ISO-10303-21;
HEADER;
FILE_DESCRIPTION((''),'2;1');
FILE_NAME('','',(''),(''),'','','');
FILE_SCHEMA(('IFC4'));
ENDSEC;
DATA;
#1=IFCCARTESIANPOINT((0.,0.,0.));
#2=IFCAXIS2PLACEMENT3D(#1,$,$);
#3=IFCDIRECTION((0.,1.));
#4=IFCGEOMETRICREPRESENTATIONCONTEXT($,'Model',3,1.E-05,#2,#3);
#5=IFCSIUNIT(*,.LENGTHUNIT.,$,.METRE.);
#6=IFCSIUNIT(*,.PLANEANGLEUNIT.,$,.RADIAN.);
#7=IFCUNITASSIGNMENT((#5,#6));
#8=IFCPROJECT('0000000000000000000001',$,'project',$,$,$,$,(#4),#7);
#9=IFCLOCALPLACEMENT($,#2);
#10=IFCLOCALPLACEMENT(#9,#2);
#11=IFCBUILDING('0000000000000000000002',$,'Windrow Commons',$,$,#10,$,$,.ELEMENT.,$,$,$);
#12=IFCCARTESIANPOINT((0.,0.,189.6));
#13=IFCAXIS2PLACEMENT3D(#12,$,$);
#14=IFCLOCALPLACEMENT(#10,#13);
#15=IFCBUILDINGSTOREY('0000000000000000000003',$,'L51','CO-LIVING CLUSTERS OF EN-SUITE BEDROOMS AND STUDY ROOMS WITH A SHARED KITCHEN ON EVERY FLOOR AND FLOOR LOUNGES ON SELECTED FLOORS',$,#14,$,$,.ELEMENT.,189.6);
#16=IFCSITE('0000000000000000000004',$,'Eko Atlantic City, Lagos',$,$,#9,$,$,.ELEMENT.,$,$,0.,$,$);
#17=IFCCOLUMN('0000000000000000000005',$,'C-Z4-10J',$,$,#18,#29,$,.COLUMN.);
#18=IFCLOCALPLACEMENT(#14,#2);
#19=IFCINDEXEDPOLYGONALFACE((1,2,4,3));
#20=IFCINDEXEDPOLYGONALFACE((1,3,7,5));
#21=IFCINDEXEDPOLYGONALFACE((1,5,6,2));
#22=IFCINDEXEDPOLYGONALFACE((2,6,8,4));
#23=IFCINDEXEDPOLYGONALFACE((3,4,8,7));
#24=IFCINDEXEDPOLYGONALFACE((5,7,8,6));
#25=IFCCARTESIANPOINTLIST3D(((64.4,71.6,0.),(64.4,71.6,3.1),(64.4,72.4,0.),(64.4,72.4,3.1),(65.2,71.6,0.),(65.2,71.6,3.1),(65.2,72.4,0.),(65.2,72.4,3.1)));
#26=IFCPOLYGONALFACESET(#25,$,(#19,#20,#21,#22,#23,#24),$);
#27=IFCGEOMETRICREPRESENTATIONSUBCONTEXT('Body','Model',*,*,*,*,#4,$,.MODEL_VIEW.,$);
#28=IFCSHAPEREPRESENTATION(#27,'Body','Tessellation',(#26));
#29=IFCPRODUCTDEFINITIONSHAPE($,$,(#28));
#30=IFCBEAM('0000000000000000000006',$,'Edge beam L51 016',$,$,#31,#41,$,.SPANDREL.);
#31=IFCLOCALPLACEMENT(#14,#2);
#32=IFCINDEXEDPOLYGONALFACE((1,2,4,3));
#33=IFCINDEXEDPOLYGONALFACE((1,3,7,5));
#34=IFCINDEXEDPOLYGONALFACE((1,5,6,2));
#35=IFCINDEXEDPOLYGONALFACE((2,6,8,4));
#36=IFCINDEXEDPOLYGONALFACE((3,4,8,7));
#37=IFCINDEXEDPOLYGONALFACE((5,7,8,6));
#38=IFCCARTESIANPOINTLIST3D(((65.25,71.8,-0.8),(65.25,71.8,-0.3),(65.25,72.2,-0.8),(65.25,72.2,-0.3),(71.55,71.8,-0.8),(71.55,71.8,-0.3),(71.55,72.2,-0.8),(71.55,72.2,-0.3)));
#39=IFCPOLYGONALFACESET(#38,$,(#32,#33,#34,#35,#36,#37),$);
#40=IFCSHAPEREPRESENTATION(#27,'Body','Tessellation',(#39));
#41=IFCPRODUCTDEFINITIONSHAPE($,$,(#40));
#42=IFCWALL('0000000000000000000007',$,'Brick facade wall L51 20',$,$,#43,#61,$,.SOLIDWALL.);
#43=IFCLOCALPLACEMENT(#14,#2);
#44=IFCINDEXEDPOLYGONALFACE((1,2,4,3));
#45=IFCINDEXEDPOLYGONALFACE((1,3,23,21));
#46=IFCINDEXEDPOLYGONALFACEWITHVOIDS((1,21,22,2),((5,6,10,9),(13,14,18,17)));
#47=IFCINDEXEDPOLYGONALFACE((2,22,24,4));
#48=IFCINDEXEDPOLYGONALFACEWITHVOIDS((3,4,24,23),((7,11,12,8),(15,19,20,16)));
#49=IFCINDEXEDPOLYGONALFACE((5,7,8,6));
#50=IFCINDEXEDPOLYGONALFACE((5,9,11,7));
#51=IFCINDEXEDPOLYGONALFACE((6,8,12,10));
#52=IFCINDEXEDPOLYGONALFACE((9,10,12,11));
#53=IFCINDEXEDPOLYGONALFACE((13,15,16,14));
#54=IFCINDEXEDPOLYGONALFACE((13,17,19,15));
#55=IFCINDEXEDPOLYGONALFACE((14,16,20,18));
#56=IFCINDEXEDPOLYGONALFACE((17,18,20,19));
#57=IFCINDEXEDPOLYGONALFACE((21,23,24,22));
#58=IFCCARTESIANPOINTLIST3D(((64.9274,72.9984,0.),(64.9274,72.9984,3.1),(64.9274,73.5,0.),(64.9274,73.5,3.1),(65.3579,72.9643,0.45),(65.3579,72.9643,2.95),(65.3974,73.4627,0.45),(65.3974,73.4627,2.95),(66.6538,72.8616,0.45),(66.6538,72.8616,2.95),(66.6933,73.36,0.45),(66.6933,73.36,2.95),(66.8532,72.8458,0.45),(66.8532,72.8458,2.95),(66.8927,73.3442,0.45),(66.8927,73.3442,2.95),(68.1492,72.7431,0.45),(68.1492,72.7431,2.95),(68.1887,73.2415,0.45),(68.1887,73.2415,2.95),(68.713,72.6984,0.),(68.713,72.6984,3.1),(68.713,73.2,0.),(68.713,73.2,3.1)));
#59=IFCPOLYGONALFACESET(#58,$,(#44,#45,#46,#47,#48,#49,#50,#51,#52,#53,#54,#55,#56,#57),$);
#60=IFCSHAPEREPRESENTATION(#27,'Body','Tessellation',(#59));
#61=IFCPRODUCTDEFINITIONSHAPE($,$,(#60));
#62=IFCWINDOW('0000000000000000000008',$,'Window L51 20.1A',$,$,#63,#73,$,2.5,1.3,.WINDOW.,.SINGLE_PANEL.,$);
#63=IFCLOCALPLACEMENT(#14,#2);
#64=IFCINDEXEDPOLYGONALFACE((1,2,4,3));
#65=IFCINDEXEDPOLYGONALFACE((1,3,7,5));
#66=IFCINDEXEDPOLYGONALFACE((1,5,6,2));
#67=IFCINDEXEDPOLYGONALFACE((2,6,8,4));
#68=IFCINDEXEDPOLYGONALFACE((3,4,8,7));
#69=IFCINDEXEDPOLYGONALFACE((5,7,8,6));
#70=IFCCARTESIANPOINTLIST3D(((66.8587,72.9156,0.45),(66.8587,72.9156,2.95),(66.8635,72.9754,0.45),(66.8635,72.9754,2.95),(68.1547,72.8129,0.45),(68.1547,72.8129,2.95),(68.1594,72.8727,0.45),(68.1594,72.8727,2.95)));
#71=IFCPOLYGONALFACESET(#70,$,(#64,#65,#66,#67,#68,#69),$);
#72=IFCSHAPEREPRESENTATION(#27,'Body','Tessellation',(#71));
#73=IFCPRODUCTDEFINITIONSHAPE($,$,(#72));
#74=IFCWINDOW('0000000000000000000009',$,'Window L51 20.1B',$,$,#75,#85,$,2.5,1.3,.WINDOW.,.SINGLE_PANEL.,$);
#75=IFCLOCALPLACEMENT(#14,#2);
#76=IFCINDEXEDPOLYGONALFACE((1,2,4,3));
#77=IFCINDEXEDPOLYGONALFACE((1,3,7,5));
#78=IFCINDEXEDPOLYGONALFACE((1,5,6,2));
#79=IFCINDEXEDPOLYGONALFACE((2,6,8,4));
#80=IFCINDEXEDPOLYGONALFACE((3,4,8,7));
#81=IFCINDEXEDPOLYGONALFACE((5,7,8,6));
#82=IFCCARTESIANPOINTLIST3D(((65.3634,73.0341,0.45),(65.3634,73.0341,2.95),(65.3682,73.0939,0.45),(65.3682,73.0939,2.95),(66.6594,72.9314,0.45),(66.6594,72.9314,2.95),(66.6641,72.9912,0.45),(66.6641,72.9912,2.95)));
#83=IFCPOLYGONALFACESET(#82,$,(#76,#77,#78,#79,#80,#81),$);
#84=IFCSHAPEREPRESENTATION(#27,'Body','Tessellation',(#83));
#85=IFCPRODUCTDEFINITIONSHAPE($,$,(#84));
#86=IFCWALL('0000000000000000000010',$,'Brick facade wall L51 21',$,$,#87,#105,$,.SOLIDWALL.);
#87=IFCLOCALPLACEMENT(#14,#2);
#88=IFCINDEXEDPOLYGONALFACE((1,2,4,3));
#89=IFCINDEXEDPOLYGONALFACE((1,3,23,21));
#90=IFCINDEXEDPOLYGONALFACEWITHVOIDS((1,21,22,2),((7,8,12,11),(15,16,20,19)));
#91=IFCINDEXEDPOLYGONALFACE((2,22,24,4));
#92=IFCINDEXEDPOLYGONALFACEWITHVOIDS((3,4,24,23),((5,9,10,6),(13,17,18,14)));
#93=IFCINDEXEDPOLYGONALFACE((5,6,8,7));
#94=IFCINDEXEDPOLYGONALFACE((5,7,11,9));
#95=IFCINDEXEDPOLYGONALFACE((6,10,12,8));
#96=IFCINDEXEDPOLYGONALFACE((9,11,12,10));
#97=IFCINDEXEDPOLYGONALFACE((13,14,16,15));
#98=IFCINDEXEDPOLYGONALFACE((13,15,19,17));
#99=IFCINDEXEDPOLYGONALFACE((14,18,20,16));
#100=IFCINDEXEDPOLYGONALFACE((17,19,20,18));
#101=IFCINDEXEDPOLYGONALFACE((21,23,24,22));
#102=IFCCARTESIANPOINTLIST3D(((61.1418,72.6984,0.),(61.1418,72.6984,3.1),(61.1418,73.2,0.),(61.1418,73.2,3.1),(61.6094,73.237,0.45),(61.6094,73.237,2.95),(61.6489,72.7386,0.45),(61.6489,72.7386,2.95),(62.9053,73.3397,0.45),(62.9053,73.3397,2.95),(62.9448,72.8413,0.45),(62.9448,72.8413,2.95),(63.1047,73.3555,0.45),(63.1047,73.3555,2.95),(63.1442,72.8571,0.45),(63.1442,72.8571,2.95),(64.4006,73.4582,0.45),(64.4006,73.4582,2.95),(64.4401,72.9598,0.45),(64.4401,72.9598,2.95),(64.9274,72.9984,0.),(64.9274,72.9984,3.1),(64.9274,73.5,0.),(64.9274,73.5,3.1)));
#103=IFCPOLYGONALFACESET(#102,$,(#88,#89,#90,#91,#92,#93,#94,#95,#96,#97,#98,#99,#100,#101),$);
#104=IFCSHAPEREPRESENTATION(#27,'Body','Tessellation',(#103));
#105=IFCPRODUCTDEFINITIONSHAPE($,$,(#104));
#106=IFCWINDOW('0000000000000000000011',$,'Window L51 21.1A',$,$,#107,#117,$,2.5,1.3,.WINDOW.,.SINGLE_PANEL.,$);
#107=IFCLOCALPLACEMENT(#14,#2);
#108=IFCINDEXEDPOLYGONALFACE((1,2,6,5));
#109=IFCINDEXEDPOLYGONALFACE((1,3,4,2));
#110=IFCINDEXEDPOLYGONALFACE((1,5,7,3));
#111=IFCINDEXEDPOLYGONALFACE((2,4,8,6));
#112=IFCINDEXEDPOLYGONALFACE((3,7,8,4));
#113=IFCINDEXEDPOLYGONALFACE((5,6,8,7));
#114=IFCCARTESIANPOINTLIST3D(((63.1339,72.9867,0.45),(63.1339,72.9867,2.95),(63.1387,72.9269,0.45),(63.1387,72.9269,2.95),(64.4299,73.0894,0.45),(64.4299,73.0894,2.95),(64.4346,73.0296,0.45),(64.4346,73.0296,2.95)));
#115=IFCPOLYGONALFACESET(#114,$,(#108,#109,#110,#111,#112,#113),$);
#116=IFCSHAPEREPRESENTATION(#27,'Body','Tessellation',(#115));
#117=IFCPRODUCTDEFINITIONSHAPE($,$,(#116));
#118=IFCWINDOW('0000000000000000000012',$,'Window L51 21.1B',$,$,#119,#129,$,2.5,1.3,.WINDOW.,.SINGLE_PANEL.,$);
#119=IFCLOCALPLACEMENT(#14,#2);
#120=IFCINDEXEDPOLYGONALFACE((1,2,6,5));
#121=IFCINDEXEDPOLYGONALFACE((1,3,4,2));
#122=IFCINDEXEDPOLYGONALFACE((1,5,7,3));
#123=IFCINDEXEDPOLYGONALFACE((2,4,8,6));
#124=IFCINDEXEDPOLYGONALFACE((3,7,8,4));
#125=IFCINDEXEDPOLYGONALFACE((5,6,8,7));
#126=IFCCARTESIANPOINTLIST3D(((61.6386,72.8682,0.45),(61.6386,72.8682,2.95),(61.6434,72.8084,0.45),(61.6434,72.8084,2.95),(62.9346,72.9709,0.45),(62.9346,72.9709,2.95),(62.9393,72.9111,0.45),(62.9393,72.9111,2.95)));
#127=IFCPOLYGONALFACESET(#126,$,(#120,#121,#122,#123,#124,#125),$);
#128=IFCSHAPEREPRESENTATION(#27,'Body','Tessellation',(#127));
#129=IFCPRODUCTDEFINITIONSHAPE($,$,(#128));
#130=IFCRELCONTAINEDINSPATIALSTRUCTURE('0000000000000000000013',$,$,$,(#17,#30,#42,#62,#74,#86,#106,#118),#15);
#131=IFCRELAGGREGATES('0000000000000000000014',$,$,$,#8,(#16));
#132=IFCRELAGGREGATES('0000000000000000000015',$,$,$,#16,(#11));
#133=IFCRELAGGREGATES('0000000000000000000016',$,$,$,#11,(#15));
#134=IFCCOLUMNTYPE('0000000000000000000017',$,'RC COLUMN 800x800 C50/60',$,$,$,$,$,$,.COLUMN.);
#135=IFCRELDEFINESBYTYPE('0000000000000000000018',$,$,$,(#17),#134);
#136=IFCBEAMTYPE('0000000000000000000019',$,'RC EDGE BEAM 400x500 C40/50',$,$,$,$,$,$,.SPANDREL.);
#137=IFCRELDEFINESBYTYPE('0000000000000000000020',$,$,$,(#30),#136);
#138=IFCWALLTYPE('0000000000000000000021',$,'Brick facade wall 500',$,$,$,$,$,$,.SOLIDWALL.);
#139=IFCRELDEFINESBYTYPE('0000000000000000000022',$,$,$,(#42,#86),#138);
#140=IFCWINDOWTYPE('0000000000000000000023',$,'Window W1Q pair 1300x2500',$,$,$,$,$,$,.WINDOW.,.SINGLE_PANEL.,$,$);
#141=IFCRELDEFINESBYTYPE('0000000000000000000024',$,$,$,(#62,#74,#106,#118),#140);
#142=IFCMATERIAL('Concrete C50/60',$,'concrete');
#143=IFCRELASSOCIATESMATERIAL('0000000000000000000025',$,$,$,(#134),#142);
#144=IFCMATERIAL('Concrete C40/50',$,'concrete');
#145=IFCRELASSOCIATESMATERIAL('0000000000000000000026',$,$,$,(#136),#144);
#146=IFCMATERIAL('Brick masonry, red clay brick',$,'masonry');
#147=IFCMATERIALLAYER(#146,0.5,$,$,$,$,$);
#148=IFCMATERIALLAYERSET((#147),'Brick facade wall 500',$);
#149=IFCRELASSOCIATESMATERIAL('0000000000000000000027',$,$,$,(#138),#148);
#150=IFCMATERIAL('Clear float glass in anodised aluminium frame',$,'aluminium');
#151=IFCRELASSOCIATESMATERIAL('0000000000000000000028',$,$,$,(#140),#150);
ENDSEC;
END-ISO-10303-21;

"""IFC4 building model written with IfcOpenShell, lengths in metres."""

from ifc_helpers import new_model, si_unit, direction, frame, frame_2d, origin, origin_2d, place, context, subcontext, project, spatial, polyline, rectangle, outline, extrude, material, layer, layer_set, material_profile, profile_set, type_object, element, fill, save


model = new_model("IFC4")

# Units and contexts
model_context = context("Model", 3, precision=1e-05, world=origin(), true_north=direction((0.0, 1.0)))
body_context = subcontext(model_context, "Body", "Model", "MODEL_VIEW")
ifc_project = project(units=[si_unit("LENGTHUNIT", "METRE"), si_unit("PLANEANGLEUNIT", "RADIAN")], contexts=[model_context])

# Site, building, storey
site_placement = place(None, origin())
site = spatial("IfcSite", under=ifc_project, at=site_placement, Name="Eko Atlantic City, Lagos", CompositionType="ELEMENT", RefElevation=0.0)
building_placement = place(site_placement, origin())
building = spatial("IfcBuilding", under=site, at=building_placement, Name="Windrow Commons", CompositionType="ELEMENT")
storey_placement = place(building_placement, frame((0.0, 0.0, 189.6)))
storey = spatial("IfcBuildingStorey", under=building, at=storey_placement, Name="L51", Description="CO-LIVING CLUSTERS OF EN-SUITE BEDROOMS AND STUDY ROOMS WITH A SHARED KITCHEN ON EVERY FLOOR AND FLOOR LOUNGES ON SELECTED FLOORS", CompositionType="ELEMENT", Elevation=189.6)

# Column
ifc_material_1 = material(Name="Concrete C50/60", Category="concrete")
ifc_material_profile_1 = material_profile(ifc_material_1, rectangle(XDim=0.8, YDim=0.8, at=origin_2d()))
ifc_profile_set_1 = profile_set([ifc_material_profile_1], Name="Concrete C50/60")
column_type = type_object("IfcColumnType", Name="RC COLUMN 800x800 C50/60", PredefinedType="COLUMN", material=ifc_profile_set_1)
column_placement = place(storey_placement, frame((64.8, 72.0, 0.0), z_axis=(0.0, 0.0, 1.0), x_axis=(1.0, 0.0, 0.0)))
element("IfcColumn", 1, at=column_placement, inside=storey, type_object=column_type, Name="C-Z4-10J", PredefinedType="COLUMN", context=body_context, shape_type="SweptSolid", body=[
    extrude(rectangle(XDim=0.8, YDim=0.8, at=origin_2d()), origin(), (0.0, 0.0, 1.0), 3.1),
])

# Beam
ifc_material_2 = material(Name="Concrete C40/50", Category="concrete")
ifc_material_profile_2 = material_profile(ifc_material_2, rectangle(XDim=0.4, YDim=0.5, at=origin_2d()))
ifc_profile_set_2 = profile_set([ifc_material_profile_2], Name="Concrete C40/50")
beam_type = type_object("IfcBeamType", Name="RC EDGE BEAM 400x500 C40/50", PredefinedType="SPANDREL", material=ifc_profile_set_2)
beam_placement = place(storey_placement, frame((65.25, 72.0, -0.55), z_axis=(1.0, 0.0, 0.0), x_axis=(0.0, 1.0, 0.0)))
element("IfcBeam", 2, at=beam_placement, inside=storey, type_object=beam_type, Name="Edge beam L51 016", PredefinedType="SPANDREL", context=body_context, shape_type="SweptSolid", body=[
    extrude(rectangle(XDim=0.4, YDim=0.5, at=origin_2d()), origin(), (0.0, 0.0, 1.0), 6.3),
])

# Walls, openings, windows
ifc_material_3 = material(Name="Brick masonry, red clay brick", Category="masonry")
ifc_layer_1 = layer(ifc_material_3, 0.5)
ifc_layer_set_1 = layer_set([ifc_layer_1], Name="Brick facade wall 500")
wall_type_1 = type_object("IfcWallType", Name="Brick facade wall 500", PredefinedType="SOLIDWALL", material=ifc_layer_set_1)
wall_1_placement = place(storey_placement, frame((68.713, 72.9492, 0.0), z_axis=(0.0, 0.0, 1.0), x_axis=(-0.996875, 0.079, 0.0)))
wall_1 = element("IfcWall", 3, at=wall_1_placement, inside=storey, type_object=wall_type_1, Name="Brick facade wall L51 20", PredefinedType="SOLIDWALL", context=body_context, shape_type="SweptSolid", body=[
    extrude(outline(polyline([(0.0198, -0.25), (3.8173, -0.25), (3.7777, 0.25), (-0.0198, 0.25), (0.0198, -0.25)])), origin(), (0.0, 0.0, 1.0), 3.1),
])
opening_1_placement = place(wall_1_placement, frame((0.5458, 0.0, 0.45)))
opening_1 = element("IfcOpeningElement", 4, at=opening_1_placement, cuts=wall_1, PredefinedType="OPENING", context=body_context, shape_type="SweptSolid", body=[
    extrude(rectangle(XDim=1.3, YDim=2.5, at=frame_2d((0.65, 1.25))), frame((0.0, 0.26, 0.0), z_axis=(0.0, -1.0, 0.0), x_axis=(1.0, 0.0, 0.0)), (0.0, 0.0, 1.0), 0.52),
])
opening_2_placement = place(wall_1_placement, frame((2.0458, 0.0, 0.45)))
opening_2 = element("IfcOpeningElement", 5, at=opening_2_placement, cuts=wall_1, PredefinedType="OPENING", context=body_context, shape_type="SweptSolid", body=[
    extrude(rectangle(XDim=1.3, YDim=2.5, at=frame_2d((0.65, 1.25))), frame((0.0, 0.26, 0.0), z_axis=(0.0, -1.0, 0.0), x_axis=(1.0, 0.0, 0.0)), (0.0, 0.0, 1.0), 0.52),
])
ifc_material_4 = material(Name="Clear float glass in anodised aluminium frame", Category="aluminium")
window_type = type_object("IfcWindowType", Name="Window W1Q pair 1300x2500", PartitioningType="SINGLE_PANEL", PredefinedType="WINDOW", material=ifc_material_4)
window_1_placement = place(opening_1_placement, origin())
window_1 = element("IfcWindow", 6, at=window_1_placement, inside=storey, type_object=window_type, Name="Window L51 20.1A", OverallHeight=2.5, OverallWidth=1.3, PartitioningType="SINGLE_PANEL", PredefinedType="WINDOW", context=body_context, shape_type="SweptSolid", body=[
    extrude(rectangle(XDim=1.3, YDim=2.5, at=frame_2d((0.65, 1.25))), frame((0.0, 0.18, 0.0), z_axis=(0.0, -1.0, 0.0), x_axis=(1.0, 0.0, 0.0)), (0.0, 0.0, 1.0), 0.06),
])
fill(opening_1, window_1)
window_2_placement = place(opening_2_placement, origin())
window_2 = element("IfcWindow", 7, at=window_2_placement, inside=storey, type_object=window_type, Name="Window L51 20.1B", OverallHeight=2.5, OverallWidth=1.3, PartitioningType="SINGLE_PANEL", PredefinedType="WINDOW", context=body_context, shape_type="SweptSolid", body=[
    extrude(rectangle(XDim=1.3, YDim=2.5, at=frame_2d((0.65, 1.25))), frame((0.0, 0.18, 0.0), z_axis=(0.0, -1.0, 0.0), x_axis=(1.0, 0.0, 0.0)), (0.0, 0.0, 1.0), 0.06),
])
fill(opening_2, window_2)
wall_2_placement = place(storey_placement, frame((64.9274, 73.2492, 0.0), z_axis=(0.0, 0.0, 1.0), x_axis=(-0.996875, -0.079, 0.0)))
wall_2 = element("IfcWall", 8, at=wall_2_placement, inside=storey, type_object=wall_type_1, Name="Brick facade wall L51 21", PredefinedType="SOLIDWALL", context=body_context, shape_type="SweptSolid", body=[
    extrude(outline(polyline([(-0.0198, -0.25), (3.7777, -0.25), (3.8173, 0.25), (0.0198, 0.25), (-0.0198, -0.25)])), origin(), (0.0, 0.0, 1.0), 3.1),
])
opening_3_placement = place(wall_2_placement, frame((0.5086, 0.0, 0.45)))
opening_3 = element("IfcOpeningElement", 9, at=opening_3_placement, cuts=wall_2, PredefinedType="OPENING", context=body_context, shape_type="SweptSolid", body=[
    extrude(rectangle(XDim=1.3, YDim=2.5, at=frame_2d((0.65, 1.25))), frame((0.0, 0.26, 0.0), z_axis=(0.0, -1.0, 0.0), x_axis=(1.0, 0.0, 0.0)), (0.0, 0.0, 1.0), 0.52),
])
opening_4_placement = place(wall_2_placement, frame((2.0086, 0.0, 0.45)))
opening_4 = element("IfcOpeningElement", 10, at=opening_4_placement, cuts=wall_2, PredefinedType="OPENING", context=body_context, shape_type="SweptSolid", body=[
    extrude(rectangle(XDim=1.3, YDim=2.5, at=frame_2d((0.65, 1.25))), frame((0.0, 0.26, 0.0), z_axis=(0.0, -1.0, 0.0), x_axis=(1.0, 0.0, 0.0)), (0.0, 0.0, 1.0), 0.52),
])
window_3_placement = place(opening_3_placement, origin())
window_3 = element("IfcWindow", 11, at=window_3_placement, inside=storey, type_object=window_type, Name="Window L51 21.1A", OverallHeight=2.5, OverallWidth=1.3, PartitioningType="SINGLE_PANEL", PredefinedType="WINDOW", context=body_context, shape_type="SweptSolid", body=[
    extrude(rectangle(XDim=1.3, YDim=2.5, at=frame_2d((0.65, 1.25))), frame((0.0, 0.18, 0.0), z_axis=(0.0, -1.0, 0.0), x_axis=(1.0, 0.0, 0.0)), (0.0, 0.0, 1.0), 0.06),
])
fill(opening_3, window_3)
window_4_placement = place(opening_4_placement, origin())
window_4 = element("IfcWindow", 12, at=window_4_placement, inside=storey, type_object=window_type, Name="Window L51 21.1B", OverallHeight=2.5, OverallWidth=1.3, PartitioningType="SINGLE_PANEL", PredefinedType="WINDOW", context=body_context, shape_type="SweptSolid", body=[
    extrude(rectangle(XDim=1.3, YDim=2.5, at=frame_2d((0.65, 1.25))), frame((0.0, 0.18, 0.0), z_axis=(0.0, -1.0, 0.0), x_axis=(1.0, 0.0, 0.0)), (0.0, 0.0, 1.0), 0.06),
])
fill(opening_4, window_4)

save(model, "model.ifc")
